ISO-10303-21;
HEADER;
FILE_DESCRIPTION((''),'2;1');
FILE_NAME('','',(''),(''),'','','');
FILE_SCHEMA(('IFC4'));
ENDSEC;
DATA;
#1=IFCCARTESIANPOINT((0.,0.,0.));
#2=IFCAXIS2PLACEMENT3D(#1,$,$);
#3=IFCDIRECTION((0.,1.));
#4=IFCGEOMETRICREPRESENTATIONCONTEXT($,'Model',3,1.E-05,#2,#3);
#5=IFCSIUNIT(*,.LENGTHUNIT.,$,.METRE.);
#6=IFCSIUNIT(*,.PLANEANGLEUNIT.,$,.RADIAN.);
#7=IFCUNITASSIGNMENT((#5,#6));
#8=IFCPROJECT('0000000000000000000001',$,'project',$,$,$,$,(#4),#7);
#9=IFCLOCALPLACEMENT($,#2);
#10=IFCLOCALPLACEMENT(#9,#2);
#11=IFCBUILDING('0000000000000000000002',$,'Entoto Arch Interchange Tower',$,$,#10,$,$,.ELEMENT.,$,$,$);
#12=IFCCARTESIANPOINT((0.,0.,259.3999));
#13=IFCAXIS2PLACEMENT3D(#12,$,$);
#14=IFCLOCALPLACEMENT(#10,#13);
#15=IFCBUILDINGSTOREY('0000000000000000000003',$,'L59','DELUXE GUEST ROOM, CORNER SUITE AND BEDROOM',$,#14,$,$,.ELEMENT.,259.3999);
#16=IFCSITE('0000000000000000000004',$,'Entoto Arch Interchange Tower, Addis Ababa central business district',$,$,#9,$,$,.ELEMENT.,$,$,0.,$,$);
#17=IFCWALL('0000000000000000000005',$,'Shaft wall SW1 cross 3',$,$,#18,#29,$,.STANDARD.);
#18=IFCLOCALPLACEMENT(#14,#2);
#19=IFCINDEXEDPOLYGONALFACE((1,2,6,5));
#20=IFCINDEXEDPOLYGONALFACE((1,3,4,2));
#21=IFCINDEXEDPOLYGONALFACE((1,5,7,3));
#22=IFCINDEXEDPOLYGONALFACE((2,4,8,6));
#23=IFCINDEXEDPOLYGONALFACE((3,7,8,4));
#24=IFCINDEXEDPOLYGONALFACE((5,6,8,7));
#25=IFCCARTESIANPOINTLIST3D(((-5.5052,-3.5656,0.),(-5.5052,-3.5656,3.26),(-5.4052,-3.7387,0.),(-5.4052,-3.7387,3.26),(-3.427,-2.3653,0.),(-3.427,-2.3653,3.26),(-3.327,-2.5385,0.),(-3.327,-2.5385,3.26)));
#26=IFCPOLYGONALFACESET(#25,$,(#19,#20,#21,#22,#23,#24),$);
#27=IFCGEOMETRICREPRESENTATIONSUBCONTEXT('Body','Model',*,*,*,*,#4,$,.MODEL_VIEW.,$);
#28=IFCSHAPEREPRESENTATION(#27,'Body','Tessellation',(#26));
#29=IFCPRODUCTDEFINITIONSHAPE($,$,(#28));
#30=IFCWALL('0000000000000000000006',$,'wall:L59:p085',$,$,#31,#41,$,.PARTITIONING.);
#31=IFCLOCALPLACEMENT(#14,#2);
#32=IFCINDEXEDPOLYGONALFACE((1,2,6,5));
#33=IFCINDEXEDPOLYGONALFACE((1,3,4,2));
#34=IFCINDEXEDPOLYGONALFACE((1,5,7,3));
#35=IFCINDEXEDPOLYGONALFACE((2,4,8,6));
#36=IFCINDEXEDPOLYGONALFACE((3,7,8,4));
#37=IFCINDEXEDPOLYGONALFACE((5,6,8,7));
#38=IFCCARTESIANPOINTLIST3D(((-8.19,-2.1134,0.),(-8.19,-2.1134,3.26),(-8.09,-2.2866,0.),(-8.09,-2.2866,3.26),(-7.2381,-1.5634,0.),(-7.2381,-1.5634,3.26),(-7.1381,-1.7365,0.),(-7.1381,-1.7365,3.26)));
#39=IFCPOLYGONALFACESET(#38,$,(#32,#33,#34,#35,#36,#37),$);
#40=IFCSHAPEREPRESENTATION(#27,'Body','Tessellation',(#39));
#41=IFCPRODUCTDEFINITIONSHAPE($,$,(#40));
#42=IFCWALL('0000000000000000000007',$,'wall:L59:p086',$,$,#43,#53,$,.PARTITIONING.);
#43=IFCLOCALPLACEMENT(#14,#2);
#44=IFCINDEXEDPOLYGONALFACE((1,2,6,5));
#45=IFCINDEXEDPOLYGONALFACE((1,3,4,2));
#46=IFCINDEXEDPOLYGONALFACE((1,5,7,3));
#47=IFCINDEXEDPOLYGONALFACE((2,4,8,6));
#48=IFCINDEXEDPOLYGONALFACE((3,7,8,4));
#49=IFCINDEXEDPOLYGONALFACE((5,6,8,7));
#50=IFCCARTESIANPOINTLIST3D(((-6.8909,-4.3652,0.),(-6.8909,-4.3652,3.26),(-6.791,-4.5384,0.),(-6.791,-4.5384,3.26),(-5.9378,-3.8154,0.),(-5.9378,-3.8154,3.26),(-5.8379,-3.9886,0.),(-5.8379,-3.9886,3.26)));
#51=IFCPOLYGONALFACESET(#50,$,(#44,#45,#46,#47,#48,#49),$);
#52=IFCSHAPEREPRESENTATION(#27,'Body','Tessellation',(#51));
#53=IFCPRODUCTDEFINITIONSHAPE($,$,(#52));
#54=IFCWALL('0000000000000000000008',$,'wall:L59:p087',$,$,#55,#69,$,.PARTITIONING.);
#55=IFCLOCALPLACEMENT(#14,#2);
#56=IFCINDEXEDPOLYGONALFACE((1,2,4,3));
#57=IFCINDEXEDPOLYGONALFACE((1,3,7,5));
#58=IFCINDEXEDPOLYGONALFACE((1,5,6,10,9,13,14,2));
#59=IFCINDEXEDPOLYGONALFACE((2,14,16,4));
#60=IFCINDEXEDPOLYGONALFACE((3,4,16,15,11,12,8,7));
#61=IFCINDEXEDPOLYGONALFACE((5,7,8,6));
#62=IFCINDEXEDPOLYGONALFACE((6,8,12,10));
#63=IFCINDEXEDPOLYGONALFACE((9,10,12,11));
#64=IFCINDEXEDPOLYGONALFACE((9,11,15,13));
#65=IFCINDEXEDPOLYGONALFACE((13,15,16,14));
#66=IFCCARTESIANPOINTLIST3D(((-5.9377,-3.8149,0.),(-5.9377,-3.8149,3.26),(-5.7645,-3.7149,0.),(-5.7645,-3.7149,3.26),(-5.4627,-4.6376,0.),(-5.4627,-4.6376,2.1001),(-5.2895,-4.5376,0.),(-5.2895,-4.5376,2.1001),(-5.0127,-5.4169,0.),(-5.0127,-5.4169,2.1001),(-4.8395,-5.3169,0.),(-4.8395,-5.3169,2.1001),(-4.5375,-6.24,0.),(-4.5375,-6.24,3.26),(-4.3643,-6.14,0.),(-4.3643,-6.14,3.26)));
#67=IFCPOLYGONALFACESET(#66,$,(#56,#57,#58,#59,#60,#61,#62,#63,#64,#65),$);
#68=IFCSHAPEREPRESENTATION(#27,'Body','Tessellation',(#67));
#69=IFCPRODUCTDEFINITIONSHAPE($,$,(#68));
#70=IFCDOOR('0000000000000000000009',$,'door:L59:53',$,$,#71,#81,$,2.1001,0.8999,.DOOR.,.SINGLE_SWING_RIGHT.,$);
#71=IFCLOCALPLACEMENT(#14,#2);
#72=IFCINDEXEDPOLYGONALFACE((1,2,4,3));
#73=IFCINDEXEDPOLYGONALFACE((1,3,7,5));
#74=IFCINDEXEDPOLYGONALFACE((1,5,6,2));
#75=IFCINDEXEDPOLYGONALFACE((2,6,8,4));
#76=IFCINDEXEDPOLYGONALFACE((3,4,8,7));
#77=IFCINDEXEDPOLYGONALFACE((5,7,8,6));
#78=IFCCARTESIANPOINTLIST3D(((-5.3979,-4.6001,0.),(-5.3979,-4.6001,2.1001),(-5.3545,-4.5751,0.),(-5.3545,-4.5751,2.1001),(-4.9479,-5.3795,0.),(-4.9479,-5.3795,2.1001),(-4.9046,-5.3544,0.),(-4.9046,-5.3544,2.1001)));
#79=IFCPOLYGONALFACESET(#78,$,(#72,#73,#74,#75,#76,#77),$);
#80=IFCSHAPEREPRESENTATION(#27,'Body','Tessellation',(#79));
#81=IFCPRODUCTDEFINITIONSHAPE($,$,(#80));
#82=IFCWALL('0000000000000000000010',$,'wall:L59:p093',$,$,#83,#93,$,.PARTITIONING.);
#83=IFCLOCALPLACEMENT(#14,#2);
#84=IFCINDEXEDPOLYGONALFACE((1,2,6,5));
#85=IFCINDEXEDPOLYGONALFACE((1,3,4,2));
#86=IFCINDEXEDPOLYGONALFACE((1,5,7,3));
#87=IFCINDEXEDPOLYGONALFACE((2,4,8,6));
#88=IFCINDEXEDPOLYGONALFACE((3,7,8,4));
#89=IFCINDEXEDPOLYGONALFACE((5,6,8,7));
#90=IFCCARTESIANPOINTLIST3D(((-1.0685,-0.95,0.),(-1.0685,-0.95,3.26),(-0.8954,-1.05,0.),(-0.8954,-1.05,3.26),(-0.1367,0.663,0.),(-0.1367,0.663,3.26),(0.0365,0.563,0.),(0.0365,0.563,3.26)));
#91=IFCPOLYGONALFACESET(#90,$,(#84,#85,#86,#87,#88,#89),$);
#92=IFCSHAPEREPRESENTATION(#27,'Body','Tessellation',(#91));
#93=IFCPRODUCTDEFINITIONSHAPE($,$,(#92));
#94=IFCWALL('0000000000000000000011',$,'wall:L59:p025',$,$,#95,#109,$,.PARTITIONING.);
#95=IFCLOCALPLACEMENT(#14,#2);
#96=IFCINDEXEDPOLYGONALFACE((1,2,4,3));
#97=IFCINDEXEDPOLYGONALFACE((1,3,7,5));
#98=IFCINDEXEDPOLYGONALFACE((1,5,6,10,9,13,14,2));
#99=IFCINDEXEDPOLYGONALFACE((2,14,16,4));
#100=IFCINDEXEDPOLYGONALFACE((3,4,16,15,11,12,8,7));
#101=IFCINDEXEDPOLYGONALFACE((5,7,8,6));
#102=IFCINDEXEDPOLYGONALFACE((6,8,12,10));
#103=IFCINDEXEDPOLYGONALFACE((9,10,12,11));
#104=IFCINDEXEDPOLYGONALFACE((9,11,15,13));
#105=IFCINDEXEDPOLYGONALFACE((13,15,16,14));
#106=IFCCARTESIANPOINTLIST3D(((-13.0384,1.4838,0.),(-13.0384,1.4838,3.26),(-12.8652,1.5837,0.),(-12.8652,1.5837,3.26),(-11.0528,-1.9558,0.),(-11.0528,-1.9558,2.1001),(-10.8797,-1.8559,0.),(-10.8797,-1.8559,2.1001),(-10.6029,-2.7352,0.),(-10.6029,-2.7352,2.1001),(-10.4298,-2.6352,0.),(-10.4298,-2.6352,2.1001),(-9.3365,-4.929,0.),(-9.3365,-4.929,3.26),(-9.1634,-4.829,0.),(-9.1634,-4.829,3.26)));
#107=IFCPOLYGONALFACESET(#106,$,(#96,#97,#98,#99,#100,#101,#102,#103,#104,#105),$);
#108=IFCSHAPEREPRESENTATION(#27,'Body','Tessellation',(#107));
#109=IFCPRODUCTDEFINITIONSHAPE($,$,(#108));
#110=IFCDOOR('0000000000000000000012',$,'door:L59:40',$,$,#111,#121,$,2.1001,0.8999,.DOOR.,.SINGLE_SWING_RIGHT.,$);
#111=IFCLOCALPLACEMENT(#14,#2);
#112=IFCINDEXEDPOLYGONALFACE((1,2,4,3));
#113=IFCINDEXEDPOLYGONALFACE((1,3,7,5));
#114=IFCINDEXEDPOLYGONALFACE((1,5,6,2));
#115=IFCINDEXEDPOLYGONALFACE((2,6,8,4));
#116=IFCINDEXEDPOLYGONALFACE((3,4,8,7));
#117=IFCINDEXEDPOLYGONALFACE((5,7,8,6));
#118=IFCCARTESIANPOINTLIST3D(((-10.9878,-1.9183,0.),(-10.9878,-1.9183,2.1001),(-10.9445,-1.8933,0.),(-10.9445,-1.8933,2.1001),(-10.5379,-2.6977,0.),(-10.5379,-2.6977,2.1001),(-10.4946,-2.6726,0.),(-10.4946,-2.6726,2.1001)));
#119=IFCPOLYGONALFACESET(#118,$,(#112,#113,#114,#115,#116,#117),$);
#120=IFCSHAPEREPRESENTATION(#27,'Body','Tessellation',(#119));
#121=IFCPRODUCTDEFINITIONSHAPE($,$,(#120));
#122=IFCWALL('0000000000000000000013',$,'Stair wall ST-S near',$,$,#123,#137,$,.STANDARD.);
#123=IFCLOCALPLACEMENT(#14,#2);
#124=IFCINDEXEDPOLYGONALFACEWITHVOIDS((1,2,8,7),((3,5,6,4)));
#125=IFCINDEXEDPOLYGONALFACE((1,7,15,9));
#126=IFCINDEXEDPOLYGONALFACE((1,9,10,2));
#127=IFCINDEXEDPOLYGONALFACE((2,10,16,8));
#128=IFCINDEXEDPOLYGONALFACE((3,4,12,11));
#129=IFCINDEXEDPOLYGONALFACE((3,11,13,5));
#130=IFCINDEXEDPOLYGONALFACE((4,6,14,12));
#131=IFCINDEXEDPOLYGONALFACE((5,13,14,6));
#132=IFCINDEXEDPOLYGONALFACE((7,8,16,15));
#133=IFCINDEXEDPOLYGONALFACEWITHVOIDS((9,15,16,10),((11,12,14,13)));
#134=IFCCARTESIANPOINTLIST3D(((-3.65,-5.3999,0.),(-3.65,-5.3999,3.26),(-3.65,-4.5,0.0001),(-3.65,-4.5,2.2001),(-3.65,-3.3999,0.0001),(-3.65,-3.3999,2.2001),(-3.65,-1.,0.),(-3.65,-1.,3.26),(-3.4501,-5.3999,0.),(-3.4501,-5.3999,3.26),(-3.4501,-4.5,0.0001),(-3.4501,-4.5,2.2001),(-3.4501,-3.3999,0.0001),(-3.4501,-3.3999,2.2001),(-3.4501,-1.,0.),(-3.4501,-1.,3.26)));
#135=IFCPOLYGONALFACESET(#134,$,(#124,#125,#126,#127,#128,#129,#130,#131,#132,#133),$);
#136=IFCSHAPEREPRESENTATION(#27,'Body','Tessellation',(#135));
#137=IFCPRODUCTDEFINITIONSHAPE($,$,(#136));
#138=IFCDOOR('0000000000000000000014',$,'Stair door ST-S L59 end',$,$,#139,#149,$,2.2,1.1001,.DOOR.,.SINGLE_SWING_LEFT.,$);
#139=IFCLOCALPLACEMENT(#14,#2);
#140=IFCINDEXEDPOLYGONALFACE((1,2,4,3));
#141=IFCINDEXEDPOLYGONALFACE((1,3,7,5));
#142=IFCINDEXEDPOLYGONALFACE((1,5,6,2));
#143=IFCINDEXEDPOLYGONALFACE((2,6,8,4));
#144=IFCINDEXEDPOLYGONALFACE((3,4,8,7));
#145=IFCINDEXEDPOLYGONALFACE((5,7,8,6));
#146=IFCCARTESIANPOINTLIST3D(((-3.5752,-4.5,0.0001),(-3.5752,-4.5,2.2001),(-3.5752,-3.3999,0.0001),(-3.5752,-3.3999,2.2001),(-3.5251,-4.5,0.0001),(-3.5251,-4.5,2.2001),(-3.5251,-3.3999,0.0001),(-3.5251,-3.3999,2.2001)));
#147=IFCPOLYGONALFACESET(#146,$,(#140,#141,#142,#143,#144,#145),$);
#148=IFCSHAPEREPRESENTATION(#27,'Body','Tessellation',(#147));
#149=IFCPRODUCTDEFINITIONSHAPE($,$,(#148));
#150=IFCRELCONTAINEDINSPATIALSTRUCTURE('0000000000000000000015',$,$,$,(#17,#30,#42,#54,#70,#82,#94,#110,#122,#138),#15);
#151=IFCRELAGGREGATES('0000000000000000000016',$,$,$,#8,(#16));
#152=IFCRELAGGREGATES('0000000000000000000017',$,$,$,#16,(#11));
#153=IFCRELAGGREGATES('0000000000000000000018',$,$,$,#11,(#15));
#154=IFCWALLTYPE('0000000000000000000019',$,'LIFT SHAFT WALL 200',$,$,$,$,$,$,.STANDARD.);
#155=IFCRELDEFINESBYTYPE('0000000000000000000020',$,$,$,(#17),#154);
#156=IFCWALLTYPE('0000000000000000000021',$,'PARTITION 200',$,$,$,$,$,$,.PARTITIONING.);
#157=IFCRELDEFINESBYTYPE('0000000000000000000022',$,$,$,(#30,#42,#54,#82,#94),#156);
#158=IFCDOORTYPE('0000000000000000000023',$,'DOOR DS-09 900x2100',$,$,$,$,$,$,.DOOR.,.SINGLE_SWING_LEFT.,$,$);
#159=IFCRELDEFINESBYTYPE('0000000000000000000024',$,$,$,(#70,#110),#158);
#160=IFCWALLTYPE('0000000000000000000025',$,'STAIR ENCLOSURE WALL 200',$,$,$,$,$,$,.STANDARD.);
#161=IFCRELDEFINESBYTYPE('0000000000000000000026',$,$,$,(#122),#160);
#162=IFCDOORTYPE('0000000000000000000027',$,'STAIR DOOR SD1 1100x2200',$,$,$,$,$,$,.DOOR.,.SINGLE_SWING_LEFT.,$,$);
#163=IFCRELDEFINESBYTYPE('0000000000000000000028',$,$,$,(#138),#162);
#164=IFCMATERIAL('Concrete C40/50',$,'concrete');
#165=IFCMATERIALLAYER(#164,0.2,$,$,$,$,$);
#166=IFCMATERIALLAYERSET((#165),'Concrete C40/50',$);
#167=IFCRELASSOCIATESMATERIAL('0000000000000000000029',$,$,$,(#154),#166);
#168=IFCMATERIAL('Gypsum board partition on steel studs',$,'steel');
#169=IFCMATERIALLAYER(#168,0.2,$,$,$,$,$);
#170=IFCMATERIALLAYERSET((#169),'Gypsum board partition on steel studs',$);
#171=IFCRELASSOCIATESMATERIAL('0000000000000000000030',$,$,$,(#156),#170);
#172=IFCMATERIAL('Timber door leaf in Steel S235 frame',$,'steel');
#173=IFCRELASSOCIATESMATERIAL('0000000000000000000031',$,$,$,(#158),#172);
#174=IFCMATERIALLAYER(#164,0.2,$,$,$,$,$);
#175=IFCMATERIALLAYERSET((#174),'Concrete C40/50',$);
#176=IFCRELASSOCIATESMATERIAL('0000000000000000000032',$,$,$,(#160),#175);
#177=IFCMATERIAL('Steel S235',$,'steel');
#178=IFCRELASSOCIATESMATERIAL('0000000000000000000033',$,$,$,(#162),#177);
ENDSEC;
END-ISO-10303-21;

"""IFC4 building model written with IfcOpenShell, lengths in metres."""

from ifc_helpers import new_model, si_unit, direction, frame, frame_2d, origin, place, context, subcontext, project, spatial, rectangle, extrude, material, layer, layer_set, type_object, element, fill, save


model = new_model("IFC4")

# Units and contexts
model_context = context("Model", 3, precision=1e-05, world=origin(), true_north=direction((0.0, 1.0)))
body_context = subcontext(model_context, "Body", "Model", "MODEL_VIEW")
ifc_project = project(units=[si_unit("LENGTHUNIT", "METRE"), si_unit("PLANEANGLEUNIT", "RADIAN")], contexts=[model_context])

# Site, building, storey
site_placement = place(None, origin())
site = spatial("IfcSite", under=ifc_project, at=site_placement, Name="Entoto Arch Interchange Tower, Addis Ababa central business district", CompositionType="ELEMENT", RefElevation=0.0)
building_placement = place(site_placement, origin())
building = spatial("IfcBuilding", under=site, at=building_placement, Name="Entoto Arch Interchange Tower", CompositionType="ELEMENT")
storey_placement = place(building_placement, frame((0.0, 0.0, 259.3999)))
storey = spatial("IfcBuildingStorey", under=building, at=storey_placement, Name="L59", Description="DELUXE GUEST ROOM, CORNER SUITE AND BEDROOM", CompositionType="ELEMENT", Elevation=259.3999)

# Shared definitions
ifc_material_1 = material(Name="Concrete C40/50", Category="concrete")

# Walls
ifc_layer_1 = layer(ifc_material_1, 0.2)
ifc_layer_set_1 = layer_set([ifc_layer_1], Name="Concrete C40/50")
wall_type_1 = type_object("IfcWallType", Name="LIFT SHAFT WALL 200", PredefinedType="STANDARD", material=ifc_layer_set_1)
wall_1_placement = place(storey_placement, frame((-3.377, -2.4519, 0.0), z_axis=(0.0, 0.0, 1.0), x_axis=(-0.865955, -0.500122, 0.0)))
element("IfcWall", 1, at=wall_1_placement, inside=storey, type_object=wall_type_1, Name="Shaft wall SW1 cross 3", PredefinedType="STANDARD", context=body_context, shape_type="SweptSolid", body=[
    extrude(rectangle(XDim=2.3999, YDim=0.2, at=frame_2d((1.2, 0.0))), origin(), (0.0, 0.0, 1.0), 3.26),
])
ifc_material_2 = material(Name="Gypsum board partition on steel studs", Category="steel")
ifc_layer_2 = layer(ifc_material_2, 0.2)
ifc_layer_set_2 = layer_set([ifc_layer_2], Name="Gypsum board partition on steel studs")
wall_type_2 = type_object("IfcWallType", Name="PARTITION 200", PredefinedType="PARTITIONING", material=ifc_layer_set_2)
wall_2_placement = place(storey_placement, frame((-7.188, -1.6499, 0.0), z_axis=(0.0, 0.0, 1.0), x_axis=(-0.865842, -0.500318, 0.0)))
element("IfcWall", 2, at=wall_2_placement, inside=storey, type_object=wall_type_2, Name="wall:L59:p085", PredefinedType="PARTITIONING", context=body_context, shape_type="SweptSolid", body=[
    extrude(rectangle(XDim=1.0994, YDim=0.2, at=frame_2d((0.5498, 0.0))), origin(), (0.0, 0.0, 1.0), 3.26),
])
wall_3_placement = place(storey_placement, frame((-6.8411, -4.4519, 0.0), z_axis=(0.0, 0.0, 1.0), x_axis=(0.866215, 0.499671, 0.0)))
element("IfcWall", 3, at=wall_3_placement, inside=storey, type_object=wall_type_2, Name="wall:L59:p086", PredefinedType="PARTITIONING", context=body_context, shape_type="SweptSolid", body=[
    extrude(rectangle(XDim=1.1003, YDim=0.2, at=frame_2d((0.5503, 0.0))), origin(), (0.0, 0.0, 1.0), 3.26),
])

# Wall, opening, door
wall_4_placement = place(storey_placement, frame((-5.8511, -3.7649, 0.0), z_axis=(0.0, 0.0, 1.0), x_axis=(0.500012, -0.866019, 0.0)))
wall_4 = element("IfcWall", 4, at=wall_4_placement, inside=storey, type_object=wall_type_2, Name="wall:L59:p087", PredefinedType="PARTITIONING", context=body_context, shape_type="SweptSolid", body=[
    extrude(rectangle(XDim=2.8003, YDim=0.2, at=frame_2d((1.4001, 0.0))), origin(), (0.0, 0.0, 1.0), 3.26),
])
opening_1_placement = place(wall_4_placement, frame((0.95, 0.0, 0.0)))
opening_1 = element("IfcOpeningElement", 5, at=opening_1_placement, cuts=wall_4, PredefinedType="OPENING", context=body_context, shape_type="SweptSolid", body=[
    extrude(rectangle(XDim=0.8999, YDim=2.1001, at=frame_2d((0.45, 1.05))), frame((0.0, 0.1099, 0.0), z_axis=(0.0, -1.0, 0.0), x_axis=(1.0, 0.0, 0.0)), (0.0, 0.0, 1.0), 0.22),
])
ifc_material_3 = material(Name="Timber door leaf in Steel S235 frame", Category="steel")
door_type_1 = type_object("IfcDoorType", Name="DOOR DS-09 900x2100", OperationType="SINGLE_SWING_LEFT", PredefinedType="DOOR", material=ifc_material_3)
door_1_placement = place(opening_1_placement, origin())
door_1 = element("IfcDoor", 6, at=door_1_placement, inside=storey, type_object=door_type_1, Name="door:L59:53", OperationType="SINGLE_SWING_RIGHT", OverallHeight=2.1001, OverallWidth=0.8999, PredefinedType="DOOR", context=body_context, shape_type="SweptSolid", body=[
    extrude(rectangle(XDim=0.8999, YDim=2.1001, at=frame_2d((0.45, 1.05))), frame((0.0, 0.0249, 0.0), z_axis=(0.0, -1.0, 0.0), x_axis=(1.0, 0.0, 0.0)), (0.0, 0.0, 1.0), 0.05),
])
fill(opening_1, door_1)

# Wall
wall_5_placement = place(storey_placement, frame((-0.9819, -1.0, 0.0), z_axis=(0.0, 0.0, 1.0), x_axis=(0.50024, 0.865887, 0.0)))
element("IfcWall", 7, at=wall_5_placement, inside=storey, type_object=wall_type_2, Name="wall:L59:p093", PredefinedType="PARTITIONING", context=body_context, shape_type="SweptSolid", body=[
    extrude(rectangle(XDim=1.8628, YDim=0.2, at=frame_2d((0.9314, 0.0))), origin(), (0.0, 0.0, 1.0), 3.26),
])

# Walls, openings, doors
wall_6_placement = place(storey_placement, frame((-9.25, -4.8789, 0.0), z_axis=(0.0, 0.0, 1.0), x_axis=(-0.499944, 0.866058, 0.0)))
wall_6 = element("IfcWall", 8, at=wall_6_placement, inside=storey, type_object=wall_type_2, Name="wall:L59:p025", PredefinedType="PARTITIONING", context=body_context, shape_type="SweptSolid", body=[
    extrude(rectangle(XDim=7.4045, YDim=0.2, at=frame_2d((3.7021, 0.0))), origin(), (0.0, 0.0, 1.0), 3.26),
])
opening_2_placement = place(wall_6_placement, frame((2.533, 0.0, 0.0)))
opening_2 = element("IfcOpeningElement", 9, at=opening_2_placement, cuts=wall_6, PredefinedType="OPENING", context=body_context, shape_type="SweptSolid", body=[
    extrude(rectangle(XDim=0.8999, YDim=2.1001, at=frame_2d((0.45, 1.05))), frame((0.0, 0.1099, 0.0), z_axis=(0.0, -1.0, 0.0), x_axis=(1.0, 0.0, 0.0)), (0.0, 0.0, 1.0), 0.22),
])
door_2_placement = place(opening_2_placement, origin())
door_2 = element("IfcDoor", 10, at=door_2_placement, inside=storey, type_object=door_type_1, Name="door:L59:40", OperationType="SINGLE_SWING_RIGHT", OverallHeight=2.1001, OverallWidth=0.8999, PredefinedType="DOOR", context=body_context, shape_type="SweptSolid", body=[
    extrude(rectangle(XDim=0.8999, YDim=2.1001, at=frame_2d((0.45, 1.05))), frame((0.0, 0.0249, 0.0), z_axis=(0.0, -1.0, 0.0), x_axis=(1.0, 0.0, 0.0)), (0.0, 0.0, 1.0), 0.05),
])
fill(opening_2, door_2)
ifc_layer_3 = layer(ifc_material_1, 0.2)
ifc_layer_set_3 = layer_set([ifc_layer_3], Name="Concrete C40/50")
wall_type_3 = type_object("IfcWallType", Name="STAIR ENCLOSURE WALL 200", PredefinedType="STANDARD", material=ifc_layer_set_3)
wall_7_placement = place(storey_placement, frame((-3.55, -1.0, 0.0), z_axis=(0.0, 0.0, 1.0), x_axis=(0.0, -1.0, 0.0)))
wall_7 = element("IfcWall", 11, at=wall_7_placement, inside=storey, type_object=wall_type_3, Name="Stair wall ST-S near", PredefinedType="STANDARD", context=body_context, shape_type="SweptSolid", body=[
    extrude(rectangle(XDim=4.3999, YDim=0.2, at=frame_2d((2.2, 0.0))), origin(), (0.0, 0.0, 1.0), 3.26),
])
opening_3_placement = place(wall_7_placement, frame((2.3999, 0.0, 0.0)))
opening_3 = element("IfcOpeningElement", 12, at=opening_3_placement, cuts=wall_7, PredefinedType="OPENING", context=body_context, shape_type="SweptSolid", body=[
    extrude(rectangle(XDim=1.1001, YDim=2.2, at=frame_2d((0.55, 1.1001))), frame((0.0, 0.1099, 0.0), z_axis=(0.0, -1.0, 0.0), x_axis=(1.0, 0.0, 0.0)), (0.0, 0.0, 1.0), 0.22),
])
ifc_material_4 = material(Name="Steel S235", Category="steel")
door_type_2 = type_object("IfcDoorType", Name="STAIR DOOR SD1 1100x2200", OperationType="SINGLE_SWING_LEFT", PredefinedType="DOOR", material=ifc_material_4)
door_3_placement = place(opening_3_placement, origin())
door_3 = element("IfcDoor", 13, at=door_3_placement, inside=storey, type_object=door_type_2, Name="Stair door ST-S L59 end", OperationType="SINGLE_SWING_LEFT", OverallHeight=2.2, OverallWidth=1.1001, PredefinedType="DOOR", context=body_context, shape_type="SweptSolid", body=[
    extrude(rectangle(XDim=1.1001, YDim=2.2, at=frame_2d((0.55, 1.1001))), frame((0.0, 0.0249, 0.0), z_axis=(0.0, -1.0, 0.0), x_axis=(1.0, 0.0, 0.0)), (0.0, 0.0, 1.0), 0.05),
])
fill(opening_3, door_3)

save(model, "model.ifc")
